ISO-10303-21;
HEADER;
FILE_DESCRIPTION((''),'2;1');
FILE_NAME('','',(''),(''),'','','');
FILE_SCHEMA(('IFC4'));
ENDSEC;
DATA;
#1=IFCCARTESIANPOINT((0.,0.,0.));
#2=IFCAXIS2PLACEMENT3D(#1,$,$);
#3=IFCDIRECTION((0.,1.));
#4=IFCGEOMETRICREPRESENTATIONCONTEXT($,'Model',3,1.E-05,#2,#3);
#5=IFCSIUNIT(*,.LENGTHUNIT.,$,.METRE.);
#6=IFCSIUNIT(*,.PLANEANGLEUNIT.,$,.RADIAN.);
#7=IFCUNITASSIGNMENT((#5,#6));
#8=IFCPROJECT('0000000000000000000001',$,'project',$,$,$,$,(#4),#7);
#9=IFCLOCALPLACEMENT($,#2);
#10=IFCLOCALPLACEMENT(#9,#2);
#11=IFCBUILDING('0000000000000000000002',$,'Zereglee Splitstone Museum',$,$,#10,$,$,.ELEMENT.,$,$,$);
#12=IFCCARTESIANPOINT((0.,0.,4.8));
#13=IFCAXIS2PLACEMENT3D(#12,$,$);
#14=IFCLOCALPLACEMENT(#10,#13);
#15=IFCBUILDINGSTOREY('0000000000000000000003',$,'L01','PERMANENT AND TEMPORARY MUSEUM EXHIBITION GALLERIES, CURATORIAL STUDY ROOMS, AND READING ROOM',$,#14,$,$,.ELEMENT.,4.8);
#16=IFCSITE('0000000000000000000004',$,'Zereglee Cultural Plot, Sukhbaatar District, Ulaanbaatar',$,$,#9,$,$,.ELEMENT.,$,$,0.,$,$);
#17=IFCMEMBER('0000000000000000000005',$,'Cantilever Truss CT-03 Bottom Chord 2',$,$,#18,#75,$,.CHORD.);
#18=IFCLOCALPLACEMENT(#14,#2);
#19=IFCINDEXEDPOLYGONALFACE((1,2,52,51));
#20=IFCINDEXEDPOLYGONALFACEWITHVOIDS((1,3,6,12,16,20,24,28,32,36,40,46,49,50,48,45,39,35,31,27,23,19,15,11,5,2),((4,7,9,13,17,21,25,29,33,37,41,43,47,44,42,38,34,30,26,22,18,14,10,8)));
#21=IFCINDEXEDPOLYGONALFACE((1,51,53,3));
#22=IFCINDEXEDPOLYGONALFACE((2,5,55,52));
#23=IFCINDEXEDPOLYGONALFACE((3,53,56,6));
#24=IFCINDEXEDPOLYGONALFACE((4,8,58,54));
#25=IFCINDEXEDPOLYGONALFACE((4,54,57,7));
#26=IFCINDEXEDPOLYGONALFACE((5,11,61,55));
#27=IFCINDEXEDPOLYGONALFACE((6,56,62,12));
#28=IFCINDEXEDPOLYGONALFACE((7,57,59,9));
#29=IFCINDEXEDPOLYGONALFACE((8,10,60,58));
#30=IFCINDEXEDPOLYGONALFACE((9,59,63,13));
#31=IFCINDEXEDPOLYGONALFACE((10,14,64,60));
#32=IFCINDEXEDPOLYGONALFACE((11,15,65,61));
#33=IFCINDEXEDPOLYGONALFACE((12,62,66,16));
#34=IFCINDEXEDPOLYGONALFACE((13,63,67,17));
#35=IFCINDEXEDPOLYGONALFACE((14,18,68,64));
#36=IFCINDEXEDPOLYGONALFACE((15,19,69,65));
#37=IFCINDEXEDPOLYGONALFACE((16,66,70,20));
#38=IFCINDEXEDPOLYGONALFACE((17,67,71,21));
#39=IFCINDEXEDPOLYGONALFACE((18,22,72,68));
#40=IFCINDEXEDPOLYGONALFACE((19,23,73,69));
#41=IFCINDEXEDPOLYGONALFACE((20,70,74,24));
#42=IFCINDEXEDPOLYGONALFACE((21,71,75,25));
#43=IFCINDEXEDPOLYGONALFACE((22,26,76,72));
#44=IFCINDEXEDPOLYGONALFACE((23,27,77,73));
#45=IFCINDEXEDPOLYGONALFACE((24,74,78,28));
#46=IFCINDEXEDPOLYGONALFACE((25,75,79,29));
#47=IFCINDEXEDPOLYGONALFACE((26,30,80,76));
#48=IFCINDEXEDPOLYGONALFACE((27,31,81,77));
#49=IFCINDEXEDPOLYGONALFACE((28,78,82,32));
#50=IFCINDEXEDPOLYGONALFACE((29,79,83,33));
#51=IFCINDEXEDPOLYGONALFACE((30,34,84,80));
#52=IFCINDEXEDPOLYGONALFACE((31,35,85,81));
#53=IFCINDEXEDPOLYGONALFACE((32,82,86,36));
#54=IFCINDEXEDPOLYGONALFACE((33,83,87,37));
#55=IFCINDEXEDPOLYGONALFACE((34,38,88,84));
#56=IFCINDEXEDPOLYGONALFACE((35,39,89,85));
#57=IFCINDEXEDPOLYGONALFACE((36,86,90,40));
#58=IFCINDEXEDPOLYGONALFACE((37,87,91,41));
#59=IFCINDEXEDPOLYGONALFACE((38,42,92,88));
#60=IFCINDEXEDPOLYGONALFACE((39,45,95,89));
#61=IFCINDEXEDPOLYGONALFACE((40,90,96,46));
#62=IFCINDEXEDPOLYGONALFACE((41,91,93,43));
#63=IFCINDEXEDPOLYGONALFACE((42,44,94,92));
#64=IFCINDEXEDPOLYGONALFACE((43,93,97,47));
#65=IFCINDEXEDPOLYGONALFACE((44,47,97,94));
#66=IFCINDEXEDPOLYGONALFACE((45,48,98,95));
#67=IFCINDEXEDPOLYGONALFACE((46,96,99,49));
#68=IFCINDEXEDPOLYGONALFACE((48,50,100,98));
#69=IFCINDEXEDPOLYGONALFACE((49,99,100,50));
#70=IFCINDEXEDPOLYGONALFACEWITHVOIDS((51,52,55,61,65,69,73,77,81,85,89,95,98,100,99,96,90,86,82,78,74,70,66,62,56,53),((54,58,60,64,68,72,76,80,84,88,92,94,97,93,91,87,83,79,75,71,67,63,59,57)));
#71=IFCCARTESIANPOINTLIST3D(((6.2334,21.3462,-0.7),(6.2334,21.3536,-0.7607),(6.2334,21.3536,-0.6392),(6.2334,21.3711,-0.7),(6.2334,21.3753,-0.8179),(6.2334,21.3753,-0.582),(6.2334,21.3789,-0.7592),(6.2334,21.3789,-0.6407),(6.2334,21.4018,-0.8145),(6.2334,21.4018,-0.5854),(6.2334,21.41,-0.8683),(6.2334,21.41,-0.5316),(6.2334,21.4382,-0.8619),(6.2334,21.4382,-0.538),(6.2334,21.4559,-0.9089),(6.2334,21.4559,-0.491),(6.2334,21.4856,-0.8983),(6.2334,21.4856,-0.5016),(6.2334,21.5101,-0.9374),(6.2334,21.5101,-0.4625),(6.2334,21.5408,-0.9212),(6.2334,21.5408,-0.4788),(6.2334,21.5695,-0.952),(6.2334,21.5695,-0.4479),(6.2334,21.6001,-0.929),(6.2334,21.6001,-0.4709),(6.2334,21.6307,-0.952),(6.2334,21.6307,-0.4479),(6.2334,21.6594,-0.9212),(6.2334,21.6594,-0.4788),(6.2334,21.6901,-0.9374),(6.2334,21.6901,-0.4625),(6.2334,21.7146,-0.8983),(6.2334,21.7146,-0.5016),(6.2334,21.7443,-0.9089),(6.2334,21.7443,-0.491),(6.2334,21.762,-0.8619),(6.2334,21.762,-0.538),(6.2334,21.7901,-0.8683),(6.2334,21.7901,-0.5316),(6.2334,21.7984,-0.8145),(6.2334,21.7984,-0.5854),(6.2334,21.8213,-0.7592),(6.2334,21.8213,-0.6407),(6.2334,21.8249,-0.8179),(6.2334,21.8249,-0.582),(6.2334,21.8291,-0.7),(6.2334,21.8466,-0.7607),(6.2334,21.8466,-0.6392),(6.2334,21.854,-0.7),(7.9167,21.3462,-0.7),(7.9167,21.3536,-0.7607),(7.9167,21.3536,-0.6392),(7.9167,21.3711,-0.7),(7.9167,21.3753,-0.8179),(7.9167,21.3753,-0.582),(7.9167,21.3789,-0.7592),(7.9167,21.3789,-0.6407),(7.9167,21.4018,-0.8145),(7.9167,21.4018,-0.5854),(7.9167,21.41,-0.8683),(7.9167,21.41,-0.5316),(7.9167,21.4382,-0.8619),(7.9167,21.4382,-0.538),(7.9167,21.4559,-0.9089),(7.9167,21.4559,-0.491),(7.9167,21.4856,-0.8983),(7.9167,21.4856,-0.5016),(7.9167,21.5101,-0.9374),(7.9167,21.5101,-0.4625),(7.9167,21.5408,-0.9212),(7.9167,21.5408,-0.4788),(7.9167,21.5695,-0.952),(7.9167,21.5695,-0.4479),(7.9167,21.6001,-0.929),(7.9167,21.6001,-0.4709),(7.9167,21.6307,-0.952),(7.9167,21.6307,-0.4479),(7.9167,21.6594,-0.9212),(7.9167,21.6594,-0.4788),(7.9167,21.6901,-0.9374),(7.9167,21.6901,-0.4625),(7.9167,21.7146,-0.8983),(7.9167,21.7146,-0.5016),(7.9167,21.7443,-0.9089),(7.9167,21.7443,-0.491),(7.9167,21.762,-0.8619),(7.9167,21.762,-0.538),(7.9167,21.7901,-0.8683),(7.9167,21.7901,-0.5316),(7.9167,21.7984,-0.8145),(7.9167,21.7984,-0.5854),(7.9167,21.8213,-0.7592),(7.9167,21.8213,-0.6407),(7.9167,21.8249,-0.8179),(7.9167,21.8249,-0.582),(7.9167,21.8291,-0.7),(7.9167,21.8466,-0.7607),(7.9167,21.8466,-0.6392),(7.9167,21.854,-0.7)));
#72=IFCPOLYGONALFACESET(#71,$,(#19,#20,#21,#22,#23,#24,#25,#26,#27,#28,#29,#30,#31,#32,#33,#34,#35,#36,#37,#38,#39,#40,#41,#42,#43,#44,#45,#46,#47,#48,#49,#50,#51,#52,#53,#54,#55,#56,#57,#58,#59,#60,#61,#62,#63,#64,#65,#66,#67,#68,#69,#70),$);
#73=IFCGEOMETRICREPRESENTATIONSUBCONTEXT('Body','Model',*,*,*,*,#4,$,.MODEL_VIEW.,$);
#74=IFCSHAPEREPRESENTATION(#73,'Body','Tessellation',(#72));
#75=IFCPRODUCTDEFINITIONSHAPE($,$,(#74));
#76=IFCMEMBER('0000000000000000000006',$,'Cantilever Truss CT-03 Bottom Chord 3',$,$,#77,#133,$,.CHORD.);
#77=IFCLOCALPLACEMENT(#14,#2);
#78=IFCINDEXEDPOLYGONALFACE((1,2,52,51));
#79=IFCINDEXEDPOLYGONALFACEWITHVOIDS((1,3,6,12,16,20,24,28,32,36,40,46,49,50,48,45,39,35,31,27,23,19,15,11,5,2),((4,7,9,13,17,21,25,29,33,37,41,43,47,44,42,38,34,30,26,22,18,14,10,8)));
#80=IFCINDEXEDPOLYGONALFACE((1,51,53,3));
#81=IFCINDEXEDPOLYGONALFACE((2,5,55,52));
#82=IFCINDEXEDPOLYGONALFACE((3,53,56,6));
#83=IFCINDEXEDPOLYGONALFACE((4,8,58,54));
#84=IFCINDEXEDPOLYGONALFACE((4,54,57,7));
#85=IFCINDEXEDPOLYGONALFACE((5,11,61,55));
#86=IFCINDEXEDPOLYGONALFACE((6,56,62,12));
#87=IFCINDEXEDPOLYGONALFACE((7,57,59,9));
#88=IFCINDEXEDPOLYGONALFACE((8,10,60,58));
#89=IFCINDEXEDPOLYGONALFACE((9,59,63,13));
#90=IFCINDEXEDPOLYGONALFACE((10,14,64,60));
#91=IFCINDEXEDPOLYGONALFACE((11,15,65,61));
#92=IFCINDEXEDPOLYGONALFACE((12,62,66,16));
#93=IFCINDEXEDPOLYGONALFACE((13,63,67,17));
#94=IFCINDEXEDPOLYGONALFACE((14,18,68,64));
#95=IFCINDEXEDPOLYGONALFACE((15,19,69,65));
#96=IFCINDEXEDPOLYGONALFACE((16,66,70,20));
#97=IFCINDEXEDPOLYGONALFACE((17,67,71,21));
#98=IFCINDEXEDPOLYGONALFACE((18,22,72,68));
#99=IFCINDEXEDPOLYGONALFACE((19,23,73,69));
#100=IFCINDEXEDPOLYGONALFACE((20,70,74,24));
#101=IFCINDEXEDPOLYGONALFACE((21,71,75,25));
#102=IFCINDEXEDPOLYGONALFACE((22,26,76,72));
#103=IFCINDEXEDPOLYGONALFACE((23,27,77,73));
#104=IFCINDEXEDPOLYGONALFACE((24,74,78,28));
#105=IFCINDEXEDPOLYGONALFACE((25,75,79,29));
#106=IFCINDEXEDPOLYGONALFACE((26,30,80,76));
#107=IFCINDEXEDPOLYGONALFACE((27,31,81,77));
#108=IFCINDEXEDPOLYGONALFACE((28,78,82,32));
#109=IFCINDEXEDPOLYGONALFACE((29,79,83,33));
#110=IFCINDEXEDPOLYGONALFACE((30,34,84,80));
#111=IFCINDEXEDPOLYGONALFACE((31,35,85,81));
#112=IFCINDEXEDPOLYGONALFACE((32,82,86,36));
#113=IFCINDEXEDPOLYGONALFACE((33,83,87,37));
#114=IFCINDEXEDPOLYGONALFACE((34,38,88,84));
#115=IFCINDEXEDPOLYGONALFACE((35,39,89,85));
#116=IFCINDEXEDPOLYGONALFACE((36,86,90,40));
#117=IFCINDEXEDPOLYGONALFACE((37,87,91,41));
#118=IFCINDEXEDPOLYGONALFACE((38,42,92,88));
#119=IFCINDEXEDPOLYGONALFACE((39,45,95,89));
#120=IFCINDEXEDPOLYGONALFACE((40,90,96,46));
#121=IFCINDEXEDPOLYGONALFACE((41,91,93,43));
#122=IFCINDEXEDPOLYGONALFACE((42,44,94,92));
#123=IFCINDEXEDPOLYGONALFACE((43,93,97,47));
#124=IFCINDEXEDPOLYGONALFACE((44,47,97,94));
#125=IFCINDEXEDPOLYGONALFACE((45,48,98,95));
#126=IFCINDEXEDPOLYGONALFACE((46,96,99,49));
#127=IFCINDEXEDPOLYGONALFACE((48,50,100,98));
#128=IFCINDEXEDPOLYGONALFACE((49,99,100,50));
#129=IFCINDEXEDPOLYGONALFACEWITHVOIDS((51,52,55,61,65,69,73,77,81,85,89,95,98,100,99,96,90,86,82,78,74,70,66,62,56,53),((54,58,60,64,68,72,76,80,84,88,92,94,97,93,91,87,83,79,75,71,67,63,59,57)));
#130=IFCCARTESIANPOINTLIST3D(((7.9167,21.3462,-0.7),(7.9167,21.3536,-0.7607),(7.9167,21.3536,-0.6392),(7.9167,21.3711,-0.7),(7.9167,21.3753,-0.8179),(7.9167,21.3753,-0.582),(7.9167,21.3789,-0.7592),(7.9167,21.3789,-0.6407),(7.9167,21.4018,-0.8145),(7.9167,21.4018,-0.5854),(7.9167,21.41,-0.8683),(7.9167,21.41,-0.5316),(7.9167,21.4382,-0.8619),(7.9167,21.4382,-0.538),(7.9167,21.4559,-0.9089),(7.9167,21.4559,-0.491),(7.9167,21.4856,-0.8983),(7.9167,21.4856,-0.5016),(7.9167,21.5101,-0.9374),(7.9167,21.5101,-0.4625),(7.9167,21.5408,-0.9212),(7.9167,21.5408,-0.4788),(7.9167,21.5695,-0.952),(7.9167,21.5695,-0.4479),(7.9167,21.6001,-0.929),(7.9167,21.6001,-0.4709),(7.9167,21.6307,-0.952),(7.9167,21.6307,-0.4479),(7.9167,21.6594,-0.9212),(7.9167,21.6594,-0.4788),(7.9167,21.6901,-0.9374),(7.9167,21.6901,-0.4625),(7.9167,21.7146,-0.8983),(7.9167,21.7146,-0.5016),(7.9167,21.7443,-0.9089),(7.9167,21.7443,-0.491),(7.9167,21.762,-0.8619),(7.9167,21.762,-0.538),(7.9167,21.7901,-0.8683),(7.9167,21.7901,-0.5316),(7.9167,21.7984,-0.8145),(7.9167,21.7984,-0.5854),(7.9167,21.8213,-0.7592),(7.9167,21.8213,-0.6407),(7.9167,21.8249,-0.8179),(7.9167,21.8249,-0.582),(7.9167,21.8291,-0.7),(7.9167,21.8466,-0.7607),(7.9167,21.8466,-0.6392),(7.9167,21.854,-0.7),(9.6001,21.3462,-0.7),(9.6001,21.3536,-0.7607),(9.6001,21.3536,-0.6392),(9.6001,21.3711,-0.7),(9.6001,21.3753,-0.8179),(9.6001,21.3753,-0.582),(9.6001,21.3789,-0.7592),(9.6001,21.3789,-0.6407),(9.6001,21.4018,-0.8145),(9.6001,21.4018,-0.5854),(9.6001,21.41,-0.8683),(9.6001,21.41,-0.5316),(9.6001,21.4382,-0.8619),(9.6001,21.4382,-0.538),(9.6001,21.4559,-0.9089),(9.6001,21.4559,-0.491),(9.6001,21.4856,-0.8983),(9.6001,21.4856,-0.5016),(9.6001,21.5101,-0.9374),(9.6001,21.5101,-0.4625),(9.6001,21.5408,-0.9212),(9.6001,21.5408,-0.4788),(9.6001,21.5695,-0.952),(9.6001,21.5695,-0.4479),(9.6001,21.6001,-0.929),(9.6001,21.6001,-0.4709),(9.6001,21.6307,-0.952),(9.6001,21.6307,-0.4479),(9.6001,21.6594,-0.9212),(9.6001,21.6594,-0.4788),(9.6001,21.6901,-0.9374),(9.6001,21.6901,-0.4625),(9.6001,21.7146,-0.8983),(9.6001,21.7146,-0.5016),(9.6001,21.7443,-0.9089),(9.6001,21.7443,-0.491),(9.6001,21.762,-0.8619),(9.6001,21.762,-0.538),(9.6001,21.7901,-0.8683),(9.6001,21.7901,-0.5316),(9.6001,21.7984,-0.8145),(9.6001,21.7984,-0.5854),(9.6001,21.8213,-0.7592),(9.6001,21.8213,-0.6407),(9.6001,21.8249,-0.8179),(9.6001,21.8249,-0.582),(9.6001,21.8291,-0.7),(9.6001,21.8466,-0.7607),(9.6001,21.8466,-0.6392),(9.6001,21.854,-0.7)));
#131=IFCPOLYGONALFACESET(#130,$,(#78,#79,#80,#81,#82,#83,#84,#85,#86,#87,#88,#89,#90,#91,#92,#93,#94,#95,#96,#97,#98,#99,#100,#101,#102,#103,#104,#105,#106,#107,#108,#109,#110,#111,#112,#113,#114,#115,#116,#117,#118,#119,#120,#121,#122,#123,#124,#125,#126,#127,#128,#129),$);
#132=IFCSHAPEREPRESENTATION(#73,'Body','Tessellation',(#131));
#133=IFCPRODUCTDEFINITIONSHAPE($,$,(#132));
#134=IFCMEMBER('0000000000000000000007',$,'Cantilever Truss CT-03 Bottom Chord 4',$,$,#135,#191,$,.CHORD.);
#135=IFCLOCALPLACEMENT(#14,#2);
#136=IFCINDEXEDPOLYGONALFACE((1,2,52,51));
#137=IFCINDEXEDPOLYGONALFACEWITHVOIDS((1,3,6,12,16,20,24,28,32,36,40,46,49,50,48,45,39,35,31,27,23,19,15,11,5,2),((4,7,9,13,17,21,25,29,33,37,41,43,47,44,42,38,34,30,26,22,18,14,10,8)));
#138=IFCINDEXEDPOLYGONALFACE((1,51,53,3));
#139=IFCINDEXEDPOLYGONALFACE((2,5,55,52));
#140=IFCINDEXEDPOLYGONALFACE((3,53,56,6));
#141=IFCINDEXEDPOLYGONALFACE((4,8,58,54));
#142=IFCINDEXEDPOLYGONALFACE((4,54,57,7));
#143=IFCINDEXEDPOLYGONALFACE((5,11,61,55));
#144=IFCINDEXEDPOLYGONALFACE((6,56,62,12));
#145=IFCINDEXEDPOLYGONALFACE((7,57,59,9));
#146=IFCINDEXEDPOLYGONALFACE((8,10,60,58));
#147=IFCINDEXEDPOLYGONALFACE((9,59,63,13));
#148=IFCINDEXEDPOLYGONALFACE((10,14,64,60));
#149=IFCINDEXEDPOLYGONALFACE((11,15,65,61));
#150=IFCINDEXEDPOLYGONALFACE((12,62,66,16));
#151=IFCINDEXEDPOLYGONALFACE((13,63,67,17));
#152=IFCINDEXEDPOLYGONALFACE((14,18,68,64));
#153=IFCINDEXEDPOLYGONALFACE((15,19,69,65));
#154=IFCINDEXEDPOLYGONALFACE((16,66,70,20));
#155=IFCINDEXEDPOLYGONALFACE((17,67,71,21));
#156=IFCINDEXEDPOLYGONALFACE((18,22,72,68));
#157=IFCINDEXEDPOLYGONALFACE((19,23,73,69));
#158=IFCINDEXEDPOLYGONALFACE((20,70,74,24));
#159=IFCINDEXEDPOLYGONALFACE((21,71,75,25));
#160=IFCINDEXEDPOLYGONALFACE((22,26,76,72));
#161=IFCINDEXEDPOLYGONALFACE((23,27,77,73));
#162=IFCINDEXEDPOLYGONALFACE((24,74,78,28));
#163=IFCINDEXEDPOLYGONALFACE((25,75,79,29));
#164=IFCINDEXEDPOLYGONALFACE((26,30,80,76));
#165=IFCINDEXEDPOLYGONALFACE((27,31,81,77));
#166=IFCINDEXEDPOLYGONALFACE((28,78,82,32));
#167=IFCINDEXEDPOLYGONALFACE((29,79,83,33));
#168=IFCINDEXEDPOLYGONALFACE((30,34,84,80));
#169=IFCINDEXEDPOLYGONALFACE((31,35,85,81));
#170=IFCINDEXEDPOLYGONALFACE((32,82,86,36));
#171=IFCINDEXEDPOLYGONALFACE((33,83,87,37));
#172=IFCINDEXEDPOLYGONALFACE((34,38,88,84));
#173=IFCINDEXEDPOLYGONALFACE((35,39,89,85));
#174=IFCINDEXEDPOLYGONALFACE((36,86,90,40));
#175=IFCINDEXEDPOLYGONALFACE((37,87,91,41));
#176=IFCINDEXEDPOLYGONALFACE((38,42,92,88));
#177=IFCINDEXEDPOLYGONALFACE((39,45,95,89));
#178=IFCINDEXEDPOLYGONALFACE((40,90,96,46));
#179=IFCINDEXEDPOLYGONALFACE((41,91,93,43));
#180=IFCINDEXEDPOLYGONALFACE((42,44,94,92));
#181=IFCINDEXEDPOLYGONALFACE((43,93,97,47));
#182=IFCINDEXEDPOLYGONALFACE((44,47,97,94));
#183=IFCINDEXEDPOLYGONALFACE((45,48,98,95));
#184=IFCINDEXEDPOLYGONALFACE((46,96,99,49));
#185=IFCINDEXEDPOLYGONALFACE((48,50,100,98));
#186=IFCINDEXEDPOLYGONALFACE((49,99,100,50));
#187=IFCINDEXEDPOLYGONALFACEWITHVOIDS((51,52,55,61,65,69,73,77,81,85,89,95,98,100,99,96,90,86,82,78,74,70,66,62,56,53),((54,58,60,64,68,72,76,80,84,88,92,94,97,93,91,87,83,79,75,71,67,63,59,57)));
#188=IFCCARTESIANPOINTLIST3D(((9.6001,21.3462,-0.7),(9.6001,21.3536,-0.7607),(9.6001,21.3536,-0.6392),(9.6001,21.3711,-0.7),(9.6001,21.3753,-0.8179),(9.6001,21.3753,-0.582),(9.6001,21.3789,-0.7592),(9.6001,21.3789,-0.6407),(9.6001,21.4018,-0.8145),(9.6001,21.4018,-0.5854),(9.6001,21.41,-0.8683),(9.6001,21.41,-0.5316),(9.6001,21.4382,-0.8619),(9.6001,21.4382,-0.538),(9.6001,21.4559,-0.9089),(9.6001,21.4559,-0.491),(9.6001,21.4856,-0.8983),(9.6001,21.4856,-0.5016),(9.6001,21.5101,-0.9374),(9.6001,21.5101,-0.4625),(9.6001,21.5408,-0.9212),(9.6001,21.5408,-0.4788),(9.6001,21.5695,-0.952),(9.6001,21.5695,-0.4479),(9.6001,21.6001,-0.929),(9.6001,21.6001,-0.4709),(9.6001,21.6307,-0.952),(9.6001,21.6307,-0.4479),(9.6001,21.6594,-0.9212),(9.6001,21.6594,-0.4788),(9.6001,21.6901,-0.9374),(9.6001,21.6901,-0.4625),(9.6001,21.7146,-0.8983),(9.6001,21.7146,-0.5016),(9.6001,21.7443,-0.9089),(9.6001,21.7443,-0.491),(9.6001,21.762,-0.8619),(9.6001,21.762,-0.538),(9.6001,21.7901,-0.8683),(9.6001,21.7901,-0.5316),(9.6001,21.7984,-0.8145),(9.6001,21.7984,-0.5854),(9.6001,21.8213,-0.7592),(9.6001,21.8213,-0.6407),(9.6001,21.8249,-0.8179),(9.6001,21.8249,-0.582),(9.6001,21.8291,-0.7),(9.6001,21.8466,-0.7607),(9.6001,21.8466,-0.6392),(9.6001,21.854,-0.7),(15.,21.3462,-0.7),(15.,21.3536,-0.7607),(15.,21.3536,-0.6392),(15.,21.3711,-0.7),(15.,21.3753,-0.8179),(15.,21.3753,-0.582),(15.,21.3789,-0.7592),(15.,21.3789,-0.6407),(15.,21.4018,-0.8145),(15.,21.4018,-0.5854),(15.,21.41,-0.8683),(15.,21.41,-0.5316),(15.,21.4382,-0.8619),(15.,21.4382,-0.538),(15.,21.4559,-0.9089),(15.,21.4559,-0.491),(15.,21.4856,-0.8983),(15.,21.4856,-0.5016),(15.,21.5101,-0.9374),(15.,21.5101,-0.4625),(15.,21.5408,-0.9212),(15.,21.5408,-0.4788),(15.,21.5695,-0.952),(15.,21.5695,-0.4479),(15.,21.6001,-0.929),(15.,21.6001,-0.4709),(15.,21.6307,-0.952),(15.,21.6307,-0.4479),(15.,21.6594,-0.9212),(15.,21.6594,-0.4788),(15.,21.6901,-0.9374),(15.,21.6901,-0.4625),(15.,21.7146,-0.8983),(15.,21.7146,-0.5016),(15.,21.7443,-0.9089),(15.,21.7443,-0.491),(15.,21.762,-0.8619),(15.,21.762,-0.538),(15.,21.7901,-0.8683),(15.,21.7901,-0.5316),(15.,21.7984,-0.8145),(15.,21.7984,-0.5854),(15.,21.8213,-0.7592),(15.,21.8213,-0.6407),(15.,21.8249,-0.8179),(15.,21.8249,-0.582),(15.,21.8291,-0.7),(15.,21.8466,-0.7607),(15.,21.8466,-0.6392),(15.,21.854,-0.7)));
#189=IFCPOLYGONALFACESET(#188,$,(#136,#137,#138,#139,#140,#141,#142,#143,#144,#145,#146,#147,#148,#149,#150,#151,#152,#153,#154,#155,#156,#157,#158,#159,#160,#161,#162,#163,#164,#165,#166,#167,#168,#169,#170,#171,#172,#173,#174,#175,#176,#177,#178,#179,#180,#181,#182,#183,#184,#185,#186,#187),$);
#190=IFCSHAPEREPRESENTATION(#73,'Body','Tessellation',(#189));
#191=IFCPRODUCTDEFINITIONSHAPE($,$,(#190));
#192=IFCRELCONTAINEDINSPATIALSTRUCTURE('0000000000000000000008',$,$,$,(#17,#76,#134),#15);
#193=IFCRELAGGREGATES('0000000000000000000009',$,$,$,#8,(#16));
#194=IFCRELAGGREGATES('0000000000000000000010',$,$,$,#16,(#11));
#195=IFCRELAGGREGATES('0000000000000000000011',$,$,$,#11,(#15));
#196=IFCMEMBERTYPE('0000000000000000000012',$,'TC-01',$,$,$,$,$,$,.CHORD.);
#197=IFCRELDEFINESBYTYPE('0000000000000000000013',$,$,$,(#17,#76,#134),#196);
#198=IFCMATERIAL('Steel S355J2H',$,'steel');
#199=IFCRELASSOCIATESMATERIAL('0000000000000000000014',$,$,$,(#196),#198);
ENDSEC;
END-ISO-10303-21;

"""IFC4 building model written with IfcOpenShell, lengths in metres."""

from ifc_helpers import new_model, si_unit, direction, frame, origin, origin_2d, place, context, subcontext, project, spatial, hollow_circle, extrude, material, material_profile, profile_set, type_object, element, save


model = new_model("IFC4")

# Units and contexts
model_context = context("Model", 3, precision=1e-05, world=origin(), true_north=direction((0.0, 1.0)))
body_context = subcontext(model_context, "Body", "Model", "MODEL_VIEW")
ifc_project = project(units=[si_unit("LENGTHUNIT", "METRE"), si_unit("PLANEANGLEUNIT", "RADIAN")], contexts=[model_context])

# Site, building, storey
site_placement = place(None, origin())
site = spatial("IfcSite", under=ifc_project, at=site_placement, Name="Zereglee Cultural Plot, Sukhbaatar District, Ulaanbaatar", CompositionType="ELEMENT", RefElevation=0.0)
building_placement = place(site_placement, origin())
building = spatial("IfcBuilding", under=site, at=building_placement, Name="Zereglee Splitstone Museum", CompositionType="ELEMENT")
storey_placement = place(building_placement, frame((0.0, 0.0, 4.8)))
storey = spatial("IfcBuildingStorey", under=building, at=storey_placement, Name="L01", Description="PERMANENT AND TEMPORARY MUSEUM EXHIBITION GALLERIES, CURATORIAL STUDY ROOMS, AND READING ROOM", CompositionType="ELEMENT", Elevation=4.8)

# Members
ifc_material_1 = material(Name="Steel S355J2H", Category="steel")
ifc_material_profile_1 = material_profile(ifc_material_1, hollow_circle(Radius=0.2539, WallThickness=0.0249, at=origin_2d()), Name="CHS 508.0x25")
ifc_profile_set_1 = profile_set([ifc_material_profile_1], Name="Steel S355J2H")
member_type_1 = type_object("IfcMemberType", Name="TC-01", PredefinedType="CHORD", material=ifc_profile_set_1)
for number, where, z_axis, x_axis, name in (
    (1, (6.2334, 21.6001, -0.7), (1.0, 0.0, 0.0), (0.0, 1.0, 0.0), "Cantilever Truss CT-03 Bottom Chord 2"),
    (2, (7.9167, 21.6001, -0.7), (1.0, 0.0, 0.0), (0.0, 1.0, 0.0), "Cantilever Truss CT-03 Bottom Chord 3"),
):
    element("IfcMember", number, at=place(storey_placement, frame(where, z_axis=z_axis, x_axis=x_axis)), inside=storey, type_object=member_type_1, Name=name, PredefinedType="CHORD", context=body_context, shape_type="SweptSolid", body=[
        extrude(hollow_circle(Radius=0.2539, WallThickness=0.0249, at=origin_2d()), origin(), (0.0, 0.0, 1.0), 1.6833),
    ])
member_1_placement = place(storey_placement, frame((9.6001, 21.6001, -0.7), z_axis=(1.0, 0.0, 0.0), x_axis=(0.0, 1.0, 0.0)))
element("IfcMember", 3, at=member_1_placement, inside=storey, type_object=member_type_1, Name="Cantilever Truss CT-03 Bottom Chord 4", PredefinedType="CHORD", context=body_context, shape_type="SweptSolid", body=[
    extrude(hollow_circle(Radius=0.2539, WallThickness=0.0249, at=origin_2d()), origin(), (0.0, 0.0, 1.0), 5.3999),
])

save(model, "model.ifc")
